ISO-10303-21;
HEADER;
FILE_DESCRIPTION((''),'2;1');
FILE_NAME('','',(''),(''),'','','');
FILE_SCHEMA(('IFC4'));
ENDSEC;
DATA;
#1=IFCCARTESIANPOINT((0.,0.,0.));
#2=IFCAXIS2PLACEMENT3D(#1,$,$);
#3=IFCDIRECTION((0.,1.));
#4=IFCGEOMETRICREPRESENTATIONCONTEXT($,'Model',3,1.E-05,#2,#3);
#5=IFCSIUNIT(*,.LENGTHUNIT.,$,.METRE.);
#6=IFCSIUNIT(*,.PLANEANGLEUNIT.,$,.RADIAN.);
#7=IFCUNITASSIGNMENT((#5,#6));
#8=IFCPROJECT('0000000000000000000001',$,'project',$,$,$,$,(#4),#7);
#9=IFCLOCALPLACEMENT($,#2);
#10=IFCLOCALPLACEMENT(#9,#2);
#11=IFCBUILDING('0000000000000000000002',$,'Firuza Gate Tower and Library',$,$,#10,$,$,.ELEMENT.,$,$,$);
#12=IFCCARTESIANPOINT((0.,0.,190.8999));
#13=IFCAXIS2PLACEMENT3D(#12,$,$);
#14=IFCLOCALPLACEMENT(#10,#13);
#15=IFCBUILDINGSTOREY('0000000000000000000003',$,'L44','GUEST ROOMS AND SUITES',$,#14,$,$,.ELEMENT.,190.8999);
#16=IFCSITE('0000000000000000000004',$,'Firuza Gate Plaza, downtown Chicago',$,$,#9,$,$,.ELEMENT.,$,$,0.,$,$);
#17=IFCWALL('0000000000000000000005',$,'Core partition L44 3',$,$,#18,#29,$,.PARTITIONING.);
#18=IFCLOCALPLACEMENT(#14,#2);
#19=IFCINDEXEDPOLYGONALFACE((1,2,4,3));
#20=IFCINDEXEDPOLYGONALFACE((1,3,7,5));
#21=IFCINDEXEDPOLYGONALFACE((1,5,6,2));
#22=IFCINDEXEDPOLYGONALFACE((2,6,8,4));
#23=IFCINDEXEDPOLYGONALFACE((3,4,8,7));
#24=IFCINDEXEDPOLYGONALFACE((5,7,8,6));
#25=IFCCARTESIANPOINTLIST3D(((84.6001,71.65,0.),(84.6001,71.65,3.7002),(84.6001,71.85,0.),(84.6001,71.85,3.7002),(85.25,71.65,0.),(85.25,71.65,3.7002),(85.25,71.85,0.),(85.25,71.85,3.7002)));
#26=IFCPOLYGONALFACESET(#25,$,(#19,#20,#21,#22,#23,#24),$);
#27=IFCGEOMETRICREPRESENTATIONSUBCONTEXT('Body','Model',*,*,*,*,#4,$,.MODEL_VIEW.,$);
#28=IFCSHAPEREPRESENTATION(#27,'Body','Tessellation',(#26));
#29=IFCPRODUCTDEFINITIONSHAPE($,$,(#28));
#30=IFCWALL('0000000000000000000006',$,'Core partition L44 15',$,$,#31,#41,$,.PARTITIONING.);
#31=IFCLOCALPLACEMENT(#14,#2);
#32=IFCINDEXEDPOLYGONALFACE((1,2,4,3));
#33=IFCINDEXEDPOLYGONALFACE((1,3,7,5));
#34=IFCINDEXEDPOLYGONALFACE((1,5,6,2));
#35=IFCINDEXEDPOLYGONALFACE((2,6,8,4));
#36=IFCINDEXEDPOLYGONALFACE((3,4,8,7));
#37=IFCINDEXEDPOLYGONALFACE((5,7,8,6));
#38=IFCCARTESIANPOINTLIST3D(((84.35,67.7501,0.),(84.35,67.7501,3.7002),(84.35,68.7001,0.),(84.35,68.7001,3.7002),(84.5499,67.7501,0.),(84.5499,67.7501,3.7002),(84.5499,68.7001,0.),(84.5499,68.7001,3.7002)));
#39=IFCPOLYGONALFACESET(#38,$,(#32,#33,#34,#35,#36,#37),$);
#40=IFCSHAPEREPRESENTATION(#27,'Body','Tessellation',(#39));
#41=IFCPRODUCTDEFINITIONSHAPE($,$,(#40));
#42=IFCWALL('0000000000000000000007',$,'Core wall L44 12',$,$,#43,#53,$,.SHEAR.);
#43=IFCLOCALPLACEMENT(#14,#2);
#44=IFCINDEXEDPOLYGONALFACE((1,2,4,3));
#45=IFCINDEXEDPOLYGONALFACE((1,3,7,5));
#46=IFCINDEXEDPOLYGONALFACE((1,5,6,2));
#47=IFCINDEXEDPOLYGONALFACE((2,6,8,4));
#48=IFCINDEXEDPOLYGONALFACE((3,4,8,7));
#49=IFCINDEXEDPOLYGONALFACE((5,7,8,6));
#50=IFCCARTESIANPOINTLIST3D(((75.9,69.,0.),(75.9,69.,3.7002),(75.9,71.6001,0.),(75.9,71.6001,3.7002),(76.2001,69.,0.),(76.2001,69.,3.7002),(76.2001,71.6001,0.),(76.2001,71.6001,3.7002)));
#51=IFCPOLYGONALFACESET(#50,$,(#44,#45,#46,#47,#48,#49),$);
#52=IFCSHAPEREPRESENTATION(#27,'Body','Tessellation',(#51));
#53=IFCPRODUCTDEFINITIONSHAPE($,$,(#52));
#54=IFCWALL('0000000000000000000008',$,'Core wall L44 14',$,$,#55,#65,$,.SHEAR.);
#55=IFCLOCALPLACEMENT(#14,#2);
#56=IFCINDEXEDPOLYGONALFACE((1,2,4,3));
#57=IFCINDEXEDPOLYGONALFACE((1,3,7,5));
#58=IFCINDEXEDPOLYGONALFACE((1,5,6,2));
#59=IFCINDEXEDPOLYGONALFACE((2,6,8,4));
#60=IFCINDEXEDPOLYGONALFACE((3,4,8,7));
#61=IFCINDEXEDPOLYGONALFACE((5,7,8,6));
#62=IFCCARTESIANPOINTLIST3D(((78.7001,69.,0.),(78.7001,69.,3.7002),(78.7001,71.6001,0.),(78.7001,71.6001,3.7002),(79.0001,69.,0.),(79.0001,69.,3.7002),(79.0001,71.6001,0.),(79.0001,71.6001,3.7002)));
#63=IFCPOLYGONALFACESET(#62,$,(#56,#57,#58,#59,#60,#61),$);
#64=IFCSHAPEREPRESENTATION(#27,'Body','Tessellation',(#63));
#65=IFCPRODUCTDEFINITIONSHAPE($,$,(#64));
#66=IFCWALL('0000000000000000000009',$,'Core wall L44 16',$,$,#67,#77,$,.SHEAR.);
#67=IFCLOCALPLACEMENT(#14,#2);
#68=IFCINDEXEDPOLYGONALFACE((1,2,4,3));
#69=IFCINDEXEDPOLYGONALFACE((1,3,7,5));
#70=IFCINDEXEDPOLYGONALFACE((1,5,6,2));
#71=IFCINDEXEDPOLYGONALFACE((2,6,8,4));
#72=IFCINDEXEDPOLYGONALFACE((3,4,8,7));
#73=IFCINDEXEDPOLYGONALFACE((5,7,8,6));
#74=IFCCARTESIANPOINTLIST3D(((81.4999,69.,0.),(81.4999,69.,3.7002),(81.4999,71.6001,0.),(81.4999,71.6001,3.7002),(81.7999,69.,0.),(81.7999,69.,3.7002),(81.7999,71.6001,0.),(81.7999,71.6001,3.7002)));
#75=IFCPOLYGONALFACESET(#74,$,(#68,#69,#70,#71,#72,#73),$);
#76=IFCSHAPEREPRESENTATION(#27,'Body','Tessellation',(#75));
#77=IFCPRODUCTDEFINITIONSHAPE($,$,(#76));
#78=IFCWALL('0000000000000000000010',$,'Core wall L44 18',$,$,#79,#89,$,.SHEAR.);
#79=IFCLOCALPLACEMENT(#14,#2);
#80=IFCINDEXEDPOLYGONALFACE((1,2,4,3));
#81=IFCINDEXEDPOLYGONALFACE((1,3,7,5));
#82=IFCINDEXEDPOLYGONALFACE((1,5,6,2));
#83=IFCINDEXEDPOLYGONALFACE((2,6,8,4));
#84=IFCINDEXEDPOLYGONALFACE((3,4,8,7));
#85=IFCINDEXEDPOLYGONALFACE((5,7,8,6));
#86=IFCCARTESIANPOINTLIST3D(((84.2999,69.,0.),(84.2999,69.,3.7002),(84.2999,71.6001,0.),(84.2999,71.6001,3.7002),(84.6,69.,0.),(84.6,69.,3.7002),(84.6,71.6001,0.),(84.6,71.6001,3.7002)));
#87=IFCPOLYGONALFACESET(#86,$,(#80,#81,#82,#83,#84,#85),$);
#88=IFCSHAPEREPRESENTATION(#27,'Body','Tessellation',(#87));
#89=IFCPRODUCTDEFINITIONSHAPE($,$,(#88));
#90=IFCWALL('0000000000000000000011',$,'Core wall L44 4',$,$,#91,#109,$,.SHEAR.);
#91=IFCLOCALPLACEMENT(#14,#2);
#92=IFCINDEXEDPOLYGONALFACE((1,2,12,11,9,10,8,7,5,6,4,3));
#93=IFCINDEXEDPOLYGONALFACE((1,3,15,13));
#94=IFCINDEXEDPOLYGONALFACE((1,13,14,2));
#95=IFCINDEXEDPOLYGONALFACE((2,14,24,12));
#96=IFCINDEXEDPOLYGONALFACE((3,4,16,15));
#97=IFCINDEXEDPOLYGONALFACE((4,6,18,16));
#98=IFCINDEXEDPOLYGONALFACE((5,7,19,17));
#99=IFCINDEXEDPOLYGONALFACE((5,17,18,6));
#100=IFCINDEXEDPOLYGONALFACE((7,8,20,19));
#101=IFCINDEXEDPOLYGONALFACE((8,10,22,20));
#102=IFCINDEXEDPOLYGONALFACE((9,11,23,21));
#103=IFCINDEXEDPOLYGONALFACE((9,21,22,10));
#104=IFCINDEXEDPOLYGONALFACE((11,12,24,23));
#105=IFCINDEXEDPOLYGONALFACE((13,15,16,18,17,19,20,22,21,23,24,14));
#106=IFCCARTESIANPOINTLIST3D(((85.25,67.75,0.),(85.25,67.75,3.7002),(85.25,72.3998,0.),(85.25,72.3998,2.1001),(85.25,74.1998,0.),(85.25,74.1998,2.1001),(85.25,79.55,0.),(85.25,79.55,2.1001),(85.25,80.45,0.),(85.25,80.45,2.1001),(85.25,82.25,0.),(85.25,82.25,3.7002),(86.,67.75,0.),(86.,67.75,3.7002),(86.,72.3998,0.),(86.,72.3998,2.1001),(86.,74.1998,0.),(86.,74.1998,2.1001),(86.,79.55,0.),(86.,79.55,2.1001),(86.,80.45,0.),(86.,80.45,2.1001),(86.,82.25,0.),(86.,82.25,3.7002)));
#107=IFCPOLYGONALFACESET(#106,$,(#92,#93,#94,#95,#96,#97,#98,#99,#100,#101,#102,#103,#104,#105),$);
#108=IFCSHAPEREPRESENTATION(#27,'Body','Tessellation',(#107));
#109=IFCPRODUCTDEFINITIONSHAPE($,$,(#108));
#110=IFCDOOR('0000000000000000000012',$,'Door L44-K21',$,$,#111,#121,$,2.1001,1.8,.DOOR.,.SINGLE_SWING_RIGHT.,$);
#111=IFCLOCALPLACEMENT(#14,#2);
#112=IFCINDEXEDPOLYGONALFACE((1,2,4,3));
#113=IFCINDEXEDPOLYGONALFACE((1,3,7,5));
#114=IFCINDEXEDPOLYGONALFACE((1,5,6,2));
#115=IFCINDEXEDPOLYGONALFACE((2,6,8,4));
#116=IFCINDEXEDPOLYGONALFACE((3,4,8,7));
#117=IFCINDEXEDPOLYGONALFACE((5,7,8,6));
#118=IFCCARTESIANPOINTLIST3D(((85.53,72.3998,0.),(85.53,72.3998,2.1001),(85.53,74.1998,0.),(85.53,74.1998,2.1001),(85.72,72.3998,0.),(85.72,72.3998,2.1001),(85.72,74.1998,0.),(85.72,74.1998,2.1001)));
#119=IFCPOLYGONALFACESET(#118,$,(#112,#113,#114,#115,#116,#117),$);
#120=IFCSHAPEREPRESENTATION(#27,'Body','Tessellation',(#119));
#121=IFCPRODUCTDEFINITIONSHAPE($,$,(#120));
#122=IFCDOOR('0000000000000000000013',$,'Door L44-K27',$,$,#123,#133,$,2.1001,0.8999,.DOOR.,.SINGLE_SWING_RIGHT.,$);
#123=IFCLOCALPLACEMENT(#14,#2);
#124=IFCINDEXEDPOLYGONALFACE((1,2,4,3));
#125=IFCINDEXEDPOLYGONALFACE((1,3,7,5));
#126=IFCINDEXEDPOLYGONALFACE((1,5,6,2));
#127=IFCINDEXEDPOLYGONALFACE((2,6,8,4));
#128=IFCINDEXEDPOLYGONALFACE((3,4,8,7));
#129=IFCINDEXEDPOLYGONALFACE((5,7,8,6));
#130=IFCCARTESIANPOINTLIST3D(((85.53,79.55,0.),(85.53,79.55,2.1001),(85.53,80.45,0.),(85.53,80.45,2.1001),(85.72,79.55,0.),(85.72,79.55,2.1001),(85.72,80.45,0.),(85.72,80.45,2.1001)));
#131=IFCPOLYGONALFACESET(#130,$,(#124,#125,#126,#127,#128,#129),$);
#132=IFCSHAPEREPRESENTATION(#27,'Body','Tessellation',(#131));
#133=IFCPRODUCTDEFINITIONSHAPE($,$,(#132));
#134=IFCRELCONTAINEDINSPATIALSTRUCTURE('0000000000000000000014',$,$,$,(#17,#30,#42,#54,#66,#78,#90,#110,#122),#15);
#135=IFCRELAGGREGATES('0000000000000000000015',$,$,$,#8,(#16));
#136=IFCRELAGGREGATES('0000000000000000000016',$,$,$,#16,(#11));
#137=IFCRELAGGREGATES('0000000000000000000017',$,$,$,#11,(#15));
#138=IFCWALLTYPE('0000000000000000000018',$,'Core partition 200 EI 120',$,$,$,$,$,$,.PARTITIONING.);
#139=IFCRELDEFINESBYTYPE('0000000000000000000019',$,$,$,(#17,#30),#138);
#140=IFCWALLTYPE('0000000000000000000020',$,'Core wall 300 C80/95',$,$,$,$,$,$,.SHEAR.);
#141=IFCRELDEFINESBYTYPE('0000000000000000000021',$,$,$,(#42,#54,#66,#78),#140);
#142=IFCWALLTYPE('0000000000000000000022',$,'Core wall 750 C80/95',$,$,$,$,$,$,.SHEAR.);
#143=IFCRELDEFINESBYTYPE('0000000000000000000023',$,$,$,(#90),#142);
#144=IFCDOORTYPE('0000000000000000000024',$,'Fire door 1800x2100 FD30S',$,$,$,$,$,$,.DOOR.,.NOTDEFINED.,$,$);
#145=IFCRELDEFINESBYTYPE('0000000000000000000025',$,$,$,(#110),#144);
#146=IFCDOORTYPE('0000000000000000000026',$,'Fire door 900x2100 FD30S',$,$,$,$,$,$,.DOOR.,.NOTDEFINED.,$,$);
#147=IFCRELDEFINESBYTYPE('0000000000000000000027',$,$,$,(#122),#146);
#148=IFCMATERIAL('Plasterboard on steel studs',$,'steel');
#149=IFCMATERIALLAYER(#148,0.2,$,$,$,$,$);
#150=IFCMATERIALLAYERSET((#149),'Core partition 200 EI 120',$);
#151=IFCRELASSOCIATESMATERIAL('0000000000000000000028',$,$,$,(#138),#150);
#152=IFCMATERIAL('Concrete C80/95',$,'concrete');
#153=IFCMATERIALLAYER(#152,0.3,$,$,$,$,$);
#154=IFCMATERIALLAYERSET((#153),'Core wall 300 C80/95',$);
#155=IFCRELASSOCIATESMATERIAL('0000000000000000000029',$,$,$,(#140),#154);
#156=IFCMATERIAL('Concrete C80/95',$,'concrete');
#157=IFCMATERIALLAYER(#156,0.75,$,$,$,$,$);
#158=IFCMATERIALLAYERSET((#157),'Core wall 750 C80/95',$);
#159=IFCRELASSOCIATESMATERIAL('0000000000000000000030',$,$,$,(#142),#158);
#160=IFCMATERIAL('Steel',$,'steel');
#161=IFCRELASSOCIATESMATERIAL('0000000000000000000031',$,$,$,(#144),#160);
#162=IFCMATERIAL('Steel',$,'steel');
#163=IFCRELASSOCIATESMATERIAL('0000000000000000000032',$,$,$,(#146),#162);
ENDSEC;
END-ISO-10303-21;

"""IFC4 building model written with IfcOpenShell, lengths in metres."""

from ifc_helpers import new_model, si_unit, direction, frame, frame_2d, origin, place, context, subcontext, project, spatial, rectangle, extrude, material, layer, layer_set, type_object, element, fill, save


model = new_model("IFC4")

# Units and contexts
model_context = context("Model", 3, precision=1e-05, world=origin(), true_north=direction((0.0, 1.0)))
body_context = subcontext(model_context, "Body", "Model", "MODEL_VIEW")
ifc_project = project(units=[si_unit("LENGTHUNIT", "METRE"), si_unit("PLANEANGLEUNIT", "RADIAN")], contexts=[model_context])

# Site, building, storey
site_placement = place(None, origin())
site = spatial("IfcSite", under=ifc_project, at=site_placement, Name="Firuza Gate Plaza, downtown Chicago", CompositionType="ELEMENT", RefElevation=0.0)
building_placement = place(site_placement, origin())
building = spatial("IfcBuilding", under=site, at=building_placement, Name="Firuza Gate Tower and Library", CompositionType="ELEMENT")
storey_placement = place(building_placement, frame((0.0, 0.0, 190.8999)))
storey = spatial("IfcBuildingStorey", under=building, at=storey_placement, Name="L44", Description="GUEST ROOMS AND SUITES", CompositionType="ELEMENT", Elevation=190.8999)

# Walls
ifc_material_1 = material(Name="Plasterboard on steel studs", Category="steel")
ifc_layer_1 = layer(ifc_material_1, 0.2)
ifc_layer_set_1 = layer_set([ifc_layer_1], Name="Core partition 200 EI 120")
wall_type_1 = type_object("IfcWallType", Name="Core partition 200 EI 120", PredefinedType="PARTITIONING", material=ifc_layer_set_1)
wall_1_placement = place(storey_placement, frame((84.6001, 71.75, 0.0), z_axis=(0.0, 0.0, 1.0), x_axis=(1.0, 0.0, 0.0)))
element("IfcWall", 1, at=wall_1_placement, inside=storey, type_object=wall_type_1, Name="Core partition L44 3", PredefinedType="PARTITIONING", context=body_context, shape_type="SweptSolid", body=[
    extrude(rectangle(XDim=0.6499, YDim=0.2, at=frame_2d((0.325, 0.0))), origin(), (0.0, 0.0, 1.0), 3.7002),
])
wall_2_placement = place(storey_placement, frame((84.45, 67.75, 0.0), z_axis=(0.0, 0.0, 1.0), x_axis=(0.0, 1.0, 0.0)))
element("IfcWall", 2, at=wall_2_placement, inside=storey, type_object=wall_type_1, Name="Core partition L44 15", PredefinedType="PARTITIONING", context=body_context, shape_type="SweptSolid", body=[
    extrude(rectangle(XDim=0.95, YDim=0.2, at=frame_2d((0.4751, 0.0))), origin(), (0.0, 0.0, 1.0), 3.7002),
])
ifc_material_2 = material(Name="Concrete C80/95", Category="concrete")
ifc_layer_2 = layer(ifc_material_2, 0.3)
ifc_layer_set_2 = layer_set([ifc_layer_2], Name="Core wall 300 C80/95")
wall_type_2 = type_object("IfcWallType", Name="Core wall 300 C80/95", PredefinedType="SHEAR", material=ifc_layer_set_2)
for number, where, z_axis, x_axis, name in (
    (3, (76.05, 69.0, 0.0), (0.0, 0.0, 1.0), (0.0, 1.0, 0.0), "Core wall L44 12"),
    (4, (78.8501, 69.0, 0.0), (0.0, 0.0, 1.0), (0.0, 1.0, 0.0), "Core wall L44 14"),
    (5, (81.6499, 69.0, 0.0), (0.0, 0.0, 1.0), (0.0, 1.0, 0.0), "Core wall L44 16"),
    (6, (84.45, 69.0, 0.0), (0.0, 0.0, 1.0), (0.0, 1.0, 0.0), "Core wall L44 18"),
):
    element("IfcWall", number, at=place(storey_placement, frame(where, z_axis=z_axis, x_axis=x_axis)), inside=storey, type_object=wall_type_2, Name=name, PredefinedType="SHEAR", context=body_context, shape_type="SweptSolid", body=[
        extrude(rectangle(XDim=2.6001, YDim=0.3, at=frame_2d((1.3, 0.0))), origin(), (0.0, 0.0, 1.0), 3.7002),
    ])

# Wall, openings, doors
ifc_material_3 = material(Name="Concrete C80/95", Category="concrete")
ifc_layer_3 = layer(ifc_material_3, 0.75)
ifc_layer_set_3 = layer_set([ifc_layer_3], Name="Core wall 750 C80/95")
wall_type_3 = type_object("IfcWallType", Name="Core wall 750 C80/95", PredefinedType="SHEAR", material=ifc_layer_set_3)
wall_3_placement = place(storey_placement, frame((85.625, 67.75, 0.0), z_axis=(0.0, 0.0, 1.0), x_axis=(0.0, 1.0, 0.0)))
wall_3 = element("IfcWall", 7, at=wall_3_placement, inside=storey, type_object=wall_type_3, Name="Core wall L44 4", PredefinedType="SHEAR", context=body_context, shape_type="SweptSolid", body=[
    extrude(rectangle(XDim=14.5, YDim=0.75, at=frame_2d((7.25, 0.0))), origin(), (0.0, 0.0, 1.0), 3.7002),
])
opening_1_placement = place(wall_3_placement, frame((4.6499, 0.0, 0.0)))
opening_1 = element("IfcOpeningElement", 8, at=opening_1_placement, cuts=wall_3, PredefinedType="OPENING", context=body_context, shape_type="SweptSolid", body=[
    extrude(rectangle(XDim=1.8, YDim=2.1001, at=frame_2d((0.8999, 1.05))), frame((0.0, 0.385, 0.0), z_axis=(0.0, -1.0, 0.0), x_axis=(1.0, 0.0, 0.0)), (0.0, 0.0, 1.0), 0.77),
])
opening_2_placement = place(wall_3_placement, frame((11.8, 0.0, 0.0)))
opening_2 = element("IfcOpeningElement", 9, at=opening_2_placement, cuts=wall_3, PredefinedType="OPENING", context=body_context, shape_type="SweptSolid", body=[
    extrude(rectangle(XDim=0.8999, YDim=2.1001, at=frame_2d((0.45, 1.05))), frame((0.0, 0.385, 0.0), z_axis=(0.0, -1.0, 0.0), x_axis=(1.0, 0.0, 0.0)), (0.0, 0.0, 1.0), 0.77),
])
ifc_material_4 = material(Name="Steel", Category="steel")
door_type_1 = type_object("IfcDoorType", Name="Fire door 1800x2100 FD30S", OperationType="NOTDEFINED", PredefinedType="DOOR", material=ifc_material_4)
door_1_placement = place(opening_1_placement, origin())
door_1 = element("IfcDoor", 10, at=door_1_placement, inside=storey, type_object=door_type_1, Name="Door L44-K21", OperationType="SINGLE_SWING_RIGHT", OverallHeight=2.1001, OverallWidth=1.8, PredefinedType="DOOR", context=body_context, shape_type="SweptSolid", body=[
    extrude(rectangle(XDim=1.8, YDim=2.1001, at=frame_2d((0.8999, 1.05))), frame((0.0, 0.095, 0.0), z_axis=(0.0, -1.0, 0.0), x_axis=(1.0, 0.0, 0.0)), (0.0, 0.0, 1.0), 0.1899),
])
fill(opening_1, door_1)
ifc_material_5 = material(Name="Steel", Category="steel")
door_type_2 = type_object("IfcDoorType", Name="Fire door 900x2100 FD30S", OperationType="NOTDEFINED", PredefinedType="DOOR", material=ifc_material_5)
door_2_placement = place(opening_2_placement, origin())
door_2 = element("IfcDoor", 11, at=door_2_placement, inside=storey, type_object=door_type_2, Name="Door L44-K27", OperationType="SINGLE_SWING_RIGHT", OverallHeight=2.1001, OverallWidth=0.8999, PredefinedType="DOOR", context=body_context, shape_type="SweptSolid", body=[
    extrude(rectangle(XDim=0.8999, YDim=2.1001, at=frame_2d((0.45, 1.05))), frame((0.0, 0.095, 0.0), z_axis=(0.0, -1.0, 0.0), x_axis=(1.0, 0.0, 0.0)), (0.0, 0.0, 1.0), 0.1899),
])
fill(opening_2, door_2)

save(model, "model.ifc")
